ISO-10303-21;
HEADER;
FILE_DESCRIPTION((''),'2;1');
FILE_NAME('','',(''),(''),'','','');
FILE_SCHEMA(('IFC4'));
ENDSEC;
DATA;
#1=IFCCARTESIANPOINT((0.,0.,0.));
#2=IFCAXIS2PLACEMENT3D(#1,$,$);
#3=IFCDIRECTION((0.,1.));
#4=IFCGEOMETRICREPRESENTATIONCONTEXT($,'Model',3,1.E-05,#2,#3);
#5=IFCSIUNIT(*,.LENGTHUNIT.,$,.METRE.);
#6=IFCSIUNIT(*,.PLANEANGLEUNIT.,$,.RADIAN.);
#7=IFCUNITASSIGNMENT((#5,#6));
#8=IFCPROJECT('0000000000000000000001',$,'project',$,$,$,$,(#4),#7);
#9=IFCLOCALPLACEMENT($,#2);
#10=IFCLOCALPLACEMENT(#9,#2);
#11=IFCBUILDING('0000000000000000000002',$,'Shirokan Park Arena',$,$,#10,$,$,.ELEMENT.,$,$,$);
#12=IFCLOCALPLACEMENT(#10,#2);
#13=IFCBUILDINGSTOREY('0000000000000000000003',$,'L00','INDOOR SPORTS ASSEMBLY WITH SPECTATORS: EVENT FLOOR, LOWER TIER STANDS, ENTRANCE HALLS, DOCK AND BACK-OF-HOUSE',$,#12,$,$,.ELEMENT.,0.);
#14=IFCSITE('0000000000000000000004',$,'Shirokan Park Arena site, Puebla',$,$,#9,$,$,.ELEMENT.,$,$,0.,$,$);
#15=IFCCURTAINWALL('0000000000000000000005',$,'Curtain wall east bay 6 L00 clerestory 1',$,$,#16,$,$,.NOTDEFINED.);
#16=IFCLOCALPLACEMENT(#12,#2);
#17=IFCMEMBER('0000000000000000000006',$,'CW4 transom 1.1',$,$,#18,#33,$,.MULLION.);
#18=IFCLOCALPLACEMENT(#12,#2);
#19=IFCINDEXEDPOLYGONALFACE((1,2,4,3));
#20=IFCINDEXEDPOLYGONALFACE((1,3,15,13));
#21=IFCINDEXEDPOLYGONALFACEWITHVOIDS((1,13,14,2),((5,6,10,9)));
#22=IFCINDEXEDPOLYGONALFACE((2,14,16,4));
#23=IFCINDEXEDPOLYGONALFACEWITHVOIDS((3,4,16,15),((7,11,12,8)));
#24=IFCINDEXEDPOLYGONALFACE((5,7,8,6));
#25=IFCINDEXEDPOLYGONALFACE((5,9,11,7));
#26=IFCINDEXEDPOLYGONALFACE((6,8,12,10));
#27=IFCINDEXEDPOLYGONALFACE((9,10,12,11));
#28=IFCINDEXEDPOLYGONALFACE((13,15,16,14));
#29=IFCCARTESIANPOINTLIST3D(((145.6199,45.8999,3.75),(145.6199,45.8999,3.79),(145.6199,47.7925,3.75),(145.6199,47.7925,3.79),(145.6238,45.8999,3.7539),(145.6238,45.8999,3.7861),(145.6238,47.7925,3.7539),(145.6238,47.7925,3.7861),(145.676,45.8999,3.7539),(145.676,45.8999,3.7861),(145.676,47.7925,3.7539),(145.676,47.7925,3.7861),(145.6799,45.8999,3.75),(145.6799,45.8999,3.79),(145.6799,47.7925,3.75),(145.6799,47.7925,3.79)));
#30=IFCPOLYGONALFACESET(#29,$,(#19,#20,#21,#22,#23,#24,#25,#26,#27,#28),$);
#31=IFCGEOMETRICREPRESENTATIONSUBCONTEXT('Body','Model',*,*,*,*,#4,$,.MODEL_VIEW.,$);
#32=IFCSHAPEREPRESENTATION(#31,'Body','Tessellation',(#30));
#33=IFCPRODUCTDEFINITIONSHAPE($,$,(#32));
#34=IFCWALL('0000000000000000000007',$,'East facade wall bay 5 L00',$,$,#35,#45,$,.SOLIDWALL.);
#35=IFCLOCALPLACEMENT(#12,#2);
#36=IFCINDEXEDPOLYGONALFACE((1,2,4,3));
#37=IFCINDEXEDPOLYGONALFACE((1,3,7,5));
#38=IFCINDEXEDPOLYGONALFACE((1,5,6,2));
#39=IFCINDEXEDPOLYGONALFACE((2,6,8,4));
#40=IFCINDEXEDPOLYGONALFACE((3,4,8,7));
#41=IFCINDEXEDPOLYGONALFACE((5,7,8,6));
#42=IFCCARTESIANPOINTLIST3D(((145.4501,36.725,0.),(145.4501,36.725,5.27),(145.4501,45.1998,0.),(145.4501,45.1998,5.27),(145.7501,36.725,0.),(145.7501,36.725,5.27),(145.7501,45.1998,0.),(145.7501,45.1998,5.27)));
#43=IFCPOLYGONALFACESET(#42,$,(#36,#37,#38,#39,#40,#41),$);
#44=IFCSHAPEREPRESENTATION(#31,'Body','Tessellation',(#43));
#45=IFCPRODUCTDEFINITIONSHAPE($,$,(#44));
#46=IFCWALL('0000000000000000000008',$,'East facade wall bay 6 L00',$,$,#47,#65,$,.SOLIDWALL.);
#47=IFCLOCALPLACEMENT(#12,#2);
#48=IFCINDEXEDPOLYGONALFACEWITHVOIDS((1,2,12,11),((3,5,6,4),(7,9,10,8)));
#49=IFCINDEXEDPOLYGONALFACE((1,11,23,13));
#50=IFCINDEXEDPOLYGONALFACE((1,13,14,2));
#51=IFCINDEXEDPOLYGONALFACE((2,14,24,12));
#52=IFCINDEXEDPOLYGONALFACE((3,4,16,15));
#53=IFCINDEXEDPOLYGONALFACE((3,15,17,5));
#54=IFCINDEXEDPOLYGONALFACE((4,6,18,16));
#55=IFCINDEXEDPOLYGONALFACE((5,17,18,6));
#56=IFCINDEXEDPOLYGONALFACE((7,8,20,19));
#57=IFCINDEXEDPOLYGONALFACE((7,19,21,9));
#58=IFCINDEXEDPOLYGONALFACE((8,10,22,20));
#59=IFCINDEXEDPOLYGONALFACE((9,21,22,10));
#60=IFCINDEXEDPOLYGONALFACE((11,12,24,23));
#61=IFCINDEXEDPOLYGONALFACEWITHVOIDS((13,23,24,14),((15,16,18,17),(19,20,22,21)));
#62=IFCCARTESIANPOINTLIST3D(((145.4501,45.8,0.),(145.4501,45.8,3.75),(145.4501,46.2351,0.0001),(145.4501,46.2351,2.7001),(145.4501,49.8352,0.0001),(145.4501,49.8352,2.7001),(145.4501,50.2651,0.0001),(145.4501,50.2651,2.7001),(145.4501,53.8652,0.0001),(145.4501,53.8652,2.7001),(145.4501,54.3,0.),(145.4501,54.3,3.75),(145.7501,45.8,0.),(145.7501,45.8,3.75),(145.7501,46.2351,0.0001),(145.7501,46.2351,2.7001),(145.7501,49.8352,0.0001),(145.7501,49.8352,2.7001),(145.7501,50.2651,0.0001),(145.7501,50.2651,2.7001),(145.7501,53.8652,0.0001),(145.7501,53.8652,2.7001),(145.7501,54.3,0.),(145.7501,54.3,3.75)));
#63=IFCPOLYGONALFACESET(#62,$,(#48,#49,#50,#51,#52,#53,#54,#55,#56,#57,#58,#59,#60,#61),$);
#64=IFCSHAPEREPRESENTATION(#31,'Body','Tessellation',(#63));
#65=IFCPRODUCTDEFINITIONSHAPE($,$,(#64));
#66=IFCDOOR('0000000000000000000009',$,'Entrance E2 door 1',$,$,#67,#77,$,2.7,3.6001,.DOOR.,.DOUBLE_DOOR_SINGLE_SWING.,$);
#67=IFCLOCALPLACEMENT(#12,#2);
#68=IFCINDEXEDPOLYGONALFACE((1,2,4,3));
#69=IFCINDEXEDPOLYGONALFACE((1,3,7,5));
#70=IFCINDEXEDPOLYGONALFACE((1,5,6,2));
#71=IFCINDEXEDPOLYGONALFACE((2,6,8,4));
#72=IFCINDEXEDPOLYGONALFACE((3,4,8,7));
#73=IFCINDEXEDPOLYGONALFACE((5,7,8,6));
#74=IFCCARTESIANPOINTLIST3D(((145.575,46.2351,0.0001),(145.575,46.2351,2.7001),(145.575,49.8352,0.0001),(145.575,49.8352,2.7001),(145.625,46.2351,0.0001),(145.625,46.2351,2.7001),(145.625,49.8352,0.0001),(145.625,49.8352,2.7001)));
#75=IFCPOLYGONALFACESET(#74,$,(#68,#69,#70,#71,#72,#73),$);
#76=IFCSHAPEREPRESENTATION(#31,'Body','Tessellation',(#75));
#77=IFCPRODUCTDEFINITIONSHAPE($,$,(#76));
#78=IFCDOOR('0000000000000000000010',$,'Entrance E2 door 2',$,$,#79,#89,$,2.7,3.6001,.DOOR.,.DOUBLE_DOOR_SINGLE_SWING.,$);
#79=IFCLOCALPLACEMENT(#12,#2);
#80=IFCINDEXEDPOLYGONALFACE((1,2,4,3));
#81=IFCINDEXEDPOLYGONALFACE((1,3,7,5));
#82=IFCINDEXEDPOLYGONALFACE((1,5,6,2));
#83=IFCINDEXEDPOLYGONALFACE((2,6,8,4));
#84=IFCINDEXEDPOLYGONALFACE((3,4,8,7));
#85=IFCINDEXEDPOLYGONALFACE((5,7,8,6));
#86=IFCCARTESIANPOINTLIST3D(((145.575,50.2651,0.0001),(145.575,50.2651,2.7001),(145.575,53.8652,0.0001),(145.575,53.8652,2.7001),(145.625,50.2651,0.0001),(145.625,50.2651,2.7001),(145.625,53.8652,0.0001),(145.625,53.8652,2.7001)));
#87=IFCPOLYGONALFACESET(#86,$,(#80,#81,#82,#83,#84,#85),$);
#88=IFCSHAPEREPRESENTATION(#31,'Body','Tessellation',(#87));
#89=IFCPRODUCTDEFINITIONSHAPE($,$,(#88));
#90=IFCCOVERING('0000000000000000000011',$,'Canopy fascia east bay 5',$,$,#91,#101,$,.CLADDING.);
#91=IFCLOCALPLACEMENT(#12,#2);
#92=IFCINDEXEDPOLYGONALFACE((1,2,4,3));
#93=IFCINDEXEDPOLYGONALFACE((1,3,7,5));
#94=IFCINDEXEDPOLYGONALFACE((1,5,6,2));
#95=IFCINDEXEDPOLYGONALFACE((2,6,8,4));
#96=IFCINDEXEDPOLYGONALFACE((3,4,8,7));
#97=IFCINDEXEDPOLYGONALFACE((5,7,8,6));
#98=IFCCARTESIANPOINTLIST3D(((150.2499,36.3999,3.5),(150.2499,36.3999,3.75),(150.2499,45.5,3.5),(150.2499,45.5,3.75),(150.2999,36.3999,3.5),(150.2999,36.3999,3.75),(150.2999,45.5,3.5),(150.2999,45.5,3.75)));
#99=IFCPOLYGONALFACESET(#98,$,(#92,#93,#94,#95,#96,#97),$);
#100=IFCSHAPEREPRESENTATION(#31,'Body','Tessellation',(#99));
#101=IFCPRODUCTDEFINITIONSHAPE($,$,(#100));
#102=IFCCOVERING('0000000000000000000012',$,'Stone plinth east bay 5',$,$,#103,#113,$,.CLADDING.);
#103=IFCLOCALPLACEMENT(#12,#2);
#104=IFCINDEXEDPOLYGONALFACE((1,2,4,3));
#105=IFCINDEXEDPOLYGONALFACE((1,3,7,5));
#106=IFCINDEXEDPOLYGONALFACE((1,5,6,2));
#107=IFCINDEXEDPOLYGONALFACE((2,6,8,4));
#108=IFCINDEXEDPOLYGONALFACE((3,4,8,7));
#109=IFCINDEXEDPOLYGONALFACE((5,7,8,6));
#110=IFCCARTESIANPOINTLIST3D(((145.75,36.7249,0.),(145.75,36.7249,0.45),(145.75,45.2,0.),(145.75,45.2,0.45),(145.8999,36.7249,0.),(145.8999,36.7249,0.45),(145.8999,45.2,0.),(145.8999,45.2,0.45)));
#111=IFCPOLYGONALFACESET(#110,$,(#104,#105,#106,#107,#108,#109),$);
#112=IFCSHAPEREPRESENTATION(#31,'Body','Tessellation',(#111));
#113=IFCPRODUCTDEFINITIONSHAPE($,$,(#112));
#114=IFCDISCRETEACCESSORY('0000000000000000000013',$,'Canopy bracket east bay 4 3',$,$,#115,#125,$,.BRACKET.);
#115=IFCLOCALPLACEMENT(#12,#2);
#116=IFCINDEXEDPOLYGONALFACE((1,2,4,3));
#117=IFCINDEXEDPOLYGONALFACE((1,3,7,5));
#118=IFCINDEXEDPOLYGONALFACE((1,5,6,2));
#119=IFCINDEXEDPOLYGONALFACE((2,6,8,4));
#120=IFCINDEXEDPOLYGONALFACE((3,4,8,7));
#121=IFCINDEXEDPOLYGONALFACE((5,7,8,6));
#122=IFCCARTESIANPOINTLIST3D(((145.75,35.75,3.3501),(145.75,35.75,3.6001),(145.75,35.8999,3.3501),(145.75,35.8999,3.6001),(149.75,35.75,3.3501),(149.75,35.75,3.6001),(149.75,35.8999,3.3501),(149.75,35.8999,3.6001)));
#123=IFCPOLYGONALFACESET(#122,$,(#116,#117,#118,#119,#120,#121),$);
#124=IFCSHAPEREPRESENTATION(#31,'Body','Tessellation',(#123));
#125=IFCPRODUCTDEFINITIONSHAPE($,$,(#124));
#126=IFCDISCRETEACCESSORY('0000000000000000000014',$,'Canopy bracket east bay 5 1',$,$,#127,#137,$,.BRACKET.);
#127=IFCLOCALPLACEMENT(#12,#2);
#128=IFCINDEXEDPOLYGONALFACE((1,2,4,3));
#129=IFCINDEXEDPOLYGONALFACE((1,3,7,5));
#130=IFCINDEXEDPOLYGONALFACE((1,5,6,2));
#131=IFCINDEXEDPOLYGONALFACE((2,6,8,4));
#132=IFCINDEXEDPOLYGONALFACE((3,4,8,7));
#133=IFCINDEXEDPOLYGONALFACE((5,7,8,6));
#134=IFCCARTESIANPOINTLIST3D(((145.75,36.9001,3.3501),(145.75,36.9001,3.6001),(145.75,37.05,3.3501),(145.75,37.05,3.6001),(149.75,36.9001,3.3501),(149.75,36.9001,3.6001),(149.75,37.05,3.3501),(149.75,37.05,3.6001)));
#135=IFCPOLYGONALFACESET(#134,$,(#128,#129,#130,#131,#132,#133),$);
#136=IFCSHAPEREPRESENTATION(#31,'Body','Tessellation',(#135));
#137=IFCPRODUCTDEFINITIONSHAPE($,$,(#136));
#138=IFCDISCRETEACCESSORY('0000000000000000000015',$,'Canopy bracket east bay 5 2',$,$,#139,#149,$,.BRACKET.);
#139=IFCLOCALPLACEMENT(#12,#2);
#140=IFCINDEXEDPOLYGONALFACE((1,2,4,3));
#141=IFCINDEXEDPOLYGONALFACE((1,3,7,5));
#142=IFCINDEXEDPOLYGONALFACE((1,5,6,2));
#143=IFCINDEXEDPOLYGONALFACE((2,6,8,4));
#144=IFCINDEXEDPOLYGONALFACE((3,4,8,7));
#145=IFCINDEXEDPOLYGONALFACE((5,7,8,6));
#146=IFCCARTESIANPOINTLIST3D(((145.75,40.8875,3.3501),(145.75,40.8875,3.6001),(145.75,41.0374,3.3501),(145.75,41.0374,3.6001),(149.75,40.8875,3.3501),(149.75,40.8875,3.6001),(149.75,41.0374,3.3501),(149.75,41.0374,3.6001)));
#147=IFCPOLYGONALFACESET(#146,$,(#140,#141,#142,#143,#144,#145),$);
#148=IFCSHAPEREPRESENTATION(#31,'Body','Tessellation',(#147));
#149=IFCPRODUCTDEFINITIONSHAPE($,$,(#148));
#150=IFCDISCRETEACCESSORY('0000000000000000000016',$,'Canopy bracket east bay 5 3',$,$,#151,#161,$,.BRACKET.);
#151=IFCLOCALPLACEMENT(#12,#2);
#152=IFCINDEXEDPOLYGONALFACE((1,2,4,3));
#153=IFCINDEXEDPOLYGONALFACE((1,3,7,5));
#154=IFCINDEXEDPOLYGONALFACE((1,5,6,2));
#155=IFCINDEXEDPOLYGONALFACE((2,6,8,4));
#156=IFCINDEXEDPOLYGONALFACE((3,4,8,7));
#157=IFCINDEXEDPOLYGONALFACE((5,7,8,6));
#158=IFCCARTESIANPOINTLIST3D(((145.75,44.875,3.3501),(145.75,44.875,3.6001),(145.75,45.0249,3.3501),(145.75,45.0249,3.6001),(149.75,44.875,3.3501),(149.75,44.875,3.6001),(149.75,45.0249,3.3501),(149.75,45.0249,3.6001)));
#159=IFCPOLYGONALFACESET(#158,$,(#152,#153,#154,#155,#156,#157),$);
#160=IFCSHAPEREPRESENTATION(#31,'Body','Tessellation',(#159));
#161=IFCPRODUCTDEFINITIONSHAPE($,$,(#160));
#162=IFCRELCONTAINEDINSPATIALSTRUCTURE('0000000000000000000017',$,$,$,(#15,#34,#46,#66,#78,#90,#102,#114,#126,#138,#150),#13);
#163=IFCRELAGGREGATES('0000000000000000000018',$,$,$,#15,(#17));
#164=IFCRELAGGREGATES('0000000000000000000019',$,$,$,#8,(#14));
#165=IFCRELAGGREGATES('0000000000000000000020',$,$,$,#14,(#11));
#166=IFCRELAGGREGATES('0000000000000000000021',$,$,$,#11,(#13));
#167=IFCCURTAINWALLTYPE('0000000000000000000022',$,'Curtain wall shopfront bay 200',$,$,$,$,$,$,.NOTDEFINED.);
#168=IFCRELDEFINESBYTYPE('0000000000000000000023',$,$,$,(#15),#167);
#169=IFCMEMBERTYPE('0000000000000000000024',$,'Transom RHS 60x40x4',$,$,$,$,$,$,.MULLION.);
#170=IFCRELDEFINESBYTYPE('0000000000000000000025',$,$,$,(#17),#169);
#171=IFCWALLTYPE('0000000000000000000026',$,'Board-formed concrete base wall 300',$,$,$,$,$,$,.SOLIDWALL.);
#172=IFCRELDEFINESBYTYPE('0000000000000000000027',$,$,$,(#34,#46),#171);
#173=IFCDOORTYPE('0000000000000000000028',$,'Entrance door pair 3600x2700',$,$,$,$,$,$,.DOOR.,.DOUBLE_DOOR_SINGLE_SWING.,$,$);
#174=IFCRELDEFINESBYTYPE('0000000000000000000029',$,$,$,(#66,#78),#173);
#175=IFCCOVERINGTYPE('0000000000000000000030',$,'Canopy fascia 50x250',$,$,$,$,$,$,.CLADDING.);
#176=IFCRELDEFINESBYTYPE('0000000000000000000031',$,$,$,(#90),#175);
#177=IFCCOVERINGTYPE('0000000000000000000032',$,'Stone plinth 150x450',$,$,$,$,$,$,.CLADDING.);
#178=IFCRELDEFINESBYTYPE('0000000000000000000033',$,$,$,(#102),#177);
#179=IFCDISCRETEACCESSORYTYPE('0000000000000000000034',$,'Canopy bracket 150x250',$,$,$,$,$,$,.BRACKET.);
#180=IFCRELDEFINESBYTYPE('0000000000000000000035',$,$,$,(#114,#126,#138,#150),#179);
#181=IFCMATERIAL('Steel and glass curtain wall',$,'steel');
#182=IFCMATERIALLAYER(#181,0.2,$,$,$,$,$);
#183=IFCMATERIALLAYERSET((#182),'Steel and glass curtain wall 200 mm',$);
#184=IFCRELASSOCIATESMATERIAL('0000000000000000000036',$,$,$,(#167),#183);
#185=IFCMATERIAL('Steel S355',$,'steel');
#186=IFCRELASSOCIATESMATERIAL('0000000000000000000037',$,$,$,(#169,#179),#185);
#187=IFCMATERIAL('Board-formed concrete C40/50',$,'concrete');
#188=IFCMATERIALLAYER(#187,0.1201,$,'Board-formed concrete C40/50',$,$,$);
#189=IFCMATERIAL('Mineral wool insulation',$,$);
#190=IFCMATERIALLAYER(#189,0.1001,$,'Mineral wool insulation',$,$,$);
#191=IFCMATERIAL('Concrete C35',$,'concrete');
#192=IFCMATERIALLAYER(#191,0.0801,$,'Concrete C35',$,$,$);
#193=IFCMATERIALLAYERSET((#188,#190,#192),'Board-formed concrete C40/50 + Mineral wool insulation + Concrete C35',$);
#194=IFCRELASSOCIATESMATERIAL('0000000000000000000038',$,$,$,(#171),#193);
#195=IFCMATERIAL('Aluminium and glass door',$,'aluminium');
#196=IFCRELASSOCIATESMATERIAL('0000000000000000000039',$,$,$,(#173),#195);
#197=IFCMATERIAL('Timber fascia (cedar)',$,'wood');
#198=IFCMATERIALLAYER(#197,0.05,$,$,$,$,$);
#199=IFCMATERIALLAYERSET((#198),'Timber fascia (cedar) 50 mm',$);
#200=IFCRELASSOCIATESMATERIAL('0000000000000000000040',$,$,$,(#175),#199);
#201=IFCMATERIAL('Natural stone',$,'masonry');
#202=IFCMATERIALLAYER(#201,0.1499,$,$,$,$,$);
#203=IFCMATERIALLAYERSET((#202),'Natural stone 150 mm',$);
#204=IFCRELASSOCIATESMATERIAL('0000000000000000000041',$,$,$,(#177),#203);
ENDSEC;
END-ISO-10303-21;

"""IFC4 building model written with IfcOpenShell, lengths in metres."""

from ifc_helpers import new_model, si_unit, direction, frame, frame_2d, origin, origin_2d, place, context, subcontext, project, spatial, rectangle, hollow_rectangle, extrude, material, layer, layer_set, material_profile, profile_set, type_object, element, fill, aggregate, save


model = new_model("IFC4")

# Units and contexts
model_context = context("Model", 3, precision=1e-05, world=origin(), true_north=direction((0.0, 1.0)))
body_context = subcontext(model_context, "Body", "Model", "MODEL_VIEW")
ifc_project = project(units=[si_unit("LENGTHUNIT", "METRE"), si_unit("PLANEANGLEUNIT", "RADIAN")], contexts=[model_context])

# Site, building, storey
site_placement = place(None, origin())
site = spatial("IfcSite", under=ifc_project, at=site_placement, Name="Shirokan Park Arena site, Puebla", CompositionType="ELEMENT", RefElevation=0.0)
building_placement = place(site_placement, origin())
building = spatial("IfcBuilding", under=site, at=building_placement, Name="Shirokan Park Arena", CompositionType="ELEMENT")
storey_placement = place(building_placement, origin())
storey = spatial("IfcBuildingStorey", under=building, at=storey_placement, Name="L00", Description="INDOOR SPORTS ASSEMBLY WITH SPECTATORS: EVENT FLOOR, LOWER TIER STANDS, ENTRANCE HALLS, DOCK AND BACK-OF-HOUSE", CompositionType="ELEMENT", Elevation=0.0)

# Shared definitions
ifc_material_1 = material(Name="Concrete C35", Category="concrete")
ifc_material_2 = material(Name="Steel S355", Category="steel")

# Curtain wall, member
ifc_material_3 = material(Name="Steel and glass curtain wall", Category="steel")
ifc_layer_1 = layer(ifc_material_3, 0.2)
ifc_layer_set_1 = layer_set([ifc_layer_1], Name="Steel and glass curtain wall 200 mm")
curtain_wall_type = type_object("IfcCurtainWallType", Name="Curtain wall shopfront bay 200", PredefinedType="NOTDEFINED", material=ifc_layer_set_1)
curtain_wall_placement = place(storey_placement, origin())
curtain_wall = element("IfcCurtainWall", 1, at=curtain_wall_placement, inside=storey, type_object=curtain_wall_type, Name="Curtain wall east bay 6 L00 clerestory 1", PredefinedType="NOTDEFINED")
ifc_material_profile_1 = material_profile(ifc_material_2, hollow_rectangle(XDim=0.0601, YDim=0.04, WallThickness=0.0039, at=origin_2d()), Name="RHS 60x40x4")
ifc_profile_set_1 = profile_set([ifc_material_profile_1], Name="Steel S355")
member_type_1 = type_object("IfcMemberType", Name="Transom RHS 60x40x4", PredefinedType="MULLION", material=ifc_profile_set_1)
member_1_placement = place(storey_placement, frame((145.6499, 45.8999, 3.77), z_axis=(0.0, 1.0, 0.0), x_axis=(-1.0, 0.0, 0.0)))
member_1 = element("IfcMember", 2, at=member_1_placement, type_object=member_type_1, Name="CW4 transom 1.1", PredefinedType="MULLION", context=body_context, shape_type="SweptSolid", body=[
    extrude(hollow_rectangle(XDim=0.0601, YDim=0.04, WallThickness=0.0039, at=origin_2d()), origin(), (0.0, 0.0, 1.0), 1.8926),
])
aggregate(curtain_wall, [member_1])

# Wall
ifc_material_4 = material(Name="Board-formed concrete C40/50", Category="concrete")
ifc_layer_2 = layer(ifc_material_4, 0.1201, Name="Board-formed concrete C40/50")
ifc_material_5 = material(Name="Mineral wool insulation")
ifc_layer_3 = layer(ifc_material_5, 0.1001, Name="Mineral wool insulation")
ifc_layer_4 = layer(ifc_material_1, 0.0801, Name="Concrete C35")
ifc_layer_set_2 = layer_set([ifc_layer_2, ifc_layer_3, ifc_layer_4], Name="Board-formed concrete C40/50 + Mineral wool insulation + Concrete C35")
wall_type = type_object("IfcWallType", Name="Board-formed concrete base wall 300", PredefinedType="SOLIDWALL", material=ifc_layer_set_2)
wall_1_placement = place(storey_placement, frame((145.6001, 36.7251, 0.0), z_axis=(0.0, 0.0, 1.0), x_axis=(0.0, 1.0, 0.0)))
element("IfcWall", 3, at=wall_1_placement, inside=storey, type_object=wall_type, Name="East facade wall bay 5 L00", PredefinedType="SOLIDWALL", context=body_context, shape_type="SweptSolid", body=[
    extrude(rectangle(XDim=8.4749, YDim=0.3, at=frame_2d((4.2373, 0.0))), origin(), (0.0, 0.0, 1.0), 5.27),
])

# Wall, openings, doors
wall_2_placement = place(storey_placement, frame((145.6001, 45.8, 0.0), z_axis=(0.0, 0.0, 1.0), x_axis=(0.0, 1.0, 0.0)))
wall_2 = element("IfcWall", 4, at=wall_2_placement, inside=storey, type_object=wall_type, Name="East facade wall bay 6 L00", PredefinedType="SOLIDWALL", context=body_context, shape_type="SweptSolid", body=[
    extrude(rectangle(XDim=8.5, YDim=0.3, at=frame_2d((4.25, 0.0))), origin(), (0.0, 0.0, 1.0), 3.75),
])
opening_1_placement = place(wall_2_placement, frame((0.4351, 0.0, 0.0)))
opening_1 = element("IfcOpeningElement", 5, at=opening_1_placement, cuts=wall_2, PredefinedType="OPENING", context=body_context, shape_type="SweptSolid", body=[
    extrude(rectangle(XDim=3.6001, YDim=2.7, at=frame_2d((1.8, 1.3501))), frame((0.0, 0.1599, 0.0), z_axis=(0.0, -1.0, 0.0), x_axis=(1.0, 0.0, 0.0)), (0.0, 0.0, 1.0), 0.3201),
])
opening_2_placement = place(wall_2_placement, frame((4.4651, 0.0, 0.0)))
opening_2 = element("IfcOpeningElement", 6, at=opening_2_placement, cuts=wall_2, PredefinedType="OPENING", context=body_context, shape_type="SweptSolid", body=[
    extrude(rectangle(XDim=3.6001, YDim=2.7, at=frame_2d((1.8, 1.3501))), frame((0.0, 0.1599, 0.0), z_axis=(0.0, -1.0, 0.0), x_axis=(1.0, 0.0, 0.0)), (0.0, 0.0, 1.0), 0.3201),
])
ifc_material_6 = material(Name="Aluminium and glass door", Category="aluminium")
door_type = type_object("IfcDoorType", Name="Entrance door pair 3600x2700", OperationType="DOUBLE_DOOR_SINGLE_SWING", PredefinedType="DOOR", material=ifc_material_6)
door_1_placement = place(opening_1_placement, frame((3.6001, 0.0, 0.0), z_axis=(0.0, 0.0, 1.0), x_axis=(-1.0, 0.0, 0.0)))
door_1 = element("IfcDoor", 7, at=door_1_placement, inside=storey, type_object=door_type, Name="Entrance E2 door 1", OperationType="DOUBLE_DOOR_SINGLE_SWING", OverallHeight=2.7, OverallWidth=3.6001, PredefinedType="DOOR", context=body_context, shape_type="SweptSolid", body=[
    extrude(rectangle(XDim=3.6001, YDim=2.7, at=frame_2d((1.8, 1.3501))), frame((0.0, 0.0249, 0.0), z_axis=(0.0, -1.0, 0.0), x_axis=(1.0, 0.0, 0.0)), (0.0, 0.0, 1.0), 0.05),
])
fill(opening_1, door_1)
door_2_placement = place(opening_2_placement, frame((3.6001, 0.0, 0.0), z_axis=(0.0, 0.0, 1.0), x_axis=(-1.0, 0.0, 0.0)))
door_2 = element("IfcDoor", 8, at=door_2_placement, inside=storey, type_object=door_type, Name="Entrance E2 door 2", OperationType="DOUBLE_DOOR_SINGLE_SWING", OverallHeight=2.7, OverallWidth=3.6001, PredefinedType="DOOR", context=body_context, shape_type="SweptSolid", body=[
    extrude(rectangle(XDim=3.6001, YDim=2.7, at=frame_2d((1.8, 1.3501))), frame((0.0, 0.0249, 0.0), z_axis=(0.0, -1.0, 0.0), x_axis=(1.0, 0.0, 0.0)), (0.0, 0.0, 1.0), 0.05),
])
fill(opening_2, door_2)

# Coverings
ifc_material_7 = material(Name="Timber fascia (cedar)", Category="wood")
ifc_layer_5 = layer(ifc_material_7, 0.05)
ifc_layer_set_3 = layer_set([ifc_layer_5], Name="Timber fascia (cedar) 50 mm")
covering_type_1 = type_object("IfcCoveringType", Name="Canopy fascia 50x250", PredefinedType="CLADDING", material=ifc_layer_set_3)
covering_1_placement = place(storey_placement, frame((150.2749, 40.95, 3.5), z_axis=(0.0, 0.0, 1.0), x_axis=(0.0, 1.0, 0.0)))
element("IfcCovering", 9, at=covering_1_placement, inside=storey, type_object=covering_type_1, Name="Canopy fascia east bay 5", PredefinedType="CLADDING", context=body_context, shape_type="SweptSolid", body=[
    extrude(rectangle(XDim=9.1001, YDim=0.05, at=origin_2d()), origin(), (0.0, 0.0, 1.0), 0.25),
])
ifc_material_8 = material(Name="Natural stone", Category="masonry")
ifc_layer_6 = layer(ifc_material_8, 0.1499)
ifc_layer_set_4 = layer_set([ifc_layer_6], Name="Natural stone 150 mm")
covering_type_2 = type_object("IfcCoveringType", Name="Stone plinth 150x450", PredefinedType="CLADDING", material=ifc_layer_set_4)
covering_2_placement = place(storey_placement, frame((145.825, 40.9624, 0.0), z_axis=(0.0, 0.0, 1.0), x_axis=(0.0, 1.0, 0.0)))
element("IfcCovering", 10, at=covering_2_placement, inside=storey, type_object=covering_type_2, Name="Stone plinth east bay 5", PredefinedType="CLADDING", context=body_context, shape_type="SweptSolid", body=[
    extrude(rectangle(XDim=8.4751, YDim=0.1499, at=origin_2d()), origin(), (0.0, 0.0, 1.0), 0.45),
])

# Discrete accessories
discrete_accessory_type = type_object("IfcDiscreteAccessoryType", Name="Canopy bracket 150x250", PredefinedType="BRACKET", material=ifc_material_2)
for number, where, z_axis, x_axis, name in (
    (11, (147.75, 35.825, 3.3501), (0.0, 0.0, 1.0), (0.0, 1.0, 0.0), "Canopy bracket east bay 4 3"),
    (12, (147.75, 36.9751, 3.3501), (0.0, 0.0, 1.0), (0.0, 1.0, 0.0), "Canopy bracket east bay 5 1"),
    (13, (147.75, 40.9624, 3.3501), (0.0, 0.0, 1.0), (0.0, 1.0, 0.0), "Canopy bracket east bay 5 2"),
    (14, (147.75, 44.95, 3.3501), (0.0, 0.0, 1.0), (0.0, 1.0, 0.0), "Canopy bracket east bay 5 3"),
):
    element("IfcDiscreteAccessory", number, at=place(storey_placement, frame(where, z_axis=z_axis, x_axis=x_axis)), inside=storey, type_object=discrete_accessory_type, Name=name, PredefinedType="BRACKET", context=body_context, shape_type="SweptSolid", body=[
        extrude(rectangle(XDim=0.1499, YDim=4.0, at=origin_2d()), origin(), (0.0, 0.0, 1.0), 0.25),
    ])

save(model, "model.ifc")
